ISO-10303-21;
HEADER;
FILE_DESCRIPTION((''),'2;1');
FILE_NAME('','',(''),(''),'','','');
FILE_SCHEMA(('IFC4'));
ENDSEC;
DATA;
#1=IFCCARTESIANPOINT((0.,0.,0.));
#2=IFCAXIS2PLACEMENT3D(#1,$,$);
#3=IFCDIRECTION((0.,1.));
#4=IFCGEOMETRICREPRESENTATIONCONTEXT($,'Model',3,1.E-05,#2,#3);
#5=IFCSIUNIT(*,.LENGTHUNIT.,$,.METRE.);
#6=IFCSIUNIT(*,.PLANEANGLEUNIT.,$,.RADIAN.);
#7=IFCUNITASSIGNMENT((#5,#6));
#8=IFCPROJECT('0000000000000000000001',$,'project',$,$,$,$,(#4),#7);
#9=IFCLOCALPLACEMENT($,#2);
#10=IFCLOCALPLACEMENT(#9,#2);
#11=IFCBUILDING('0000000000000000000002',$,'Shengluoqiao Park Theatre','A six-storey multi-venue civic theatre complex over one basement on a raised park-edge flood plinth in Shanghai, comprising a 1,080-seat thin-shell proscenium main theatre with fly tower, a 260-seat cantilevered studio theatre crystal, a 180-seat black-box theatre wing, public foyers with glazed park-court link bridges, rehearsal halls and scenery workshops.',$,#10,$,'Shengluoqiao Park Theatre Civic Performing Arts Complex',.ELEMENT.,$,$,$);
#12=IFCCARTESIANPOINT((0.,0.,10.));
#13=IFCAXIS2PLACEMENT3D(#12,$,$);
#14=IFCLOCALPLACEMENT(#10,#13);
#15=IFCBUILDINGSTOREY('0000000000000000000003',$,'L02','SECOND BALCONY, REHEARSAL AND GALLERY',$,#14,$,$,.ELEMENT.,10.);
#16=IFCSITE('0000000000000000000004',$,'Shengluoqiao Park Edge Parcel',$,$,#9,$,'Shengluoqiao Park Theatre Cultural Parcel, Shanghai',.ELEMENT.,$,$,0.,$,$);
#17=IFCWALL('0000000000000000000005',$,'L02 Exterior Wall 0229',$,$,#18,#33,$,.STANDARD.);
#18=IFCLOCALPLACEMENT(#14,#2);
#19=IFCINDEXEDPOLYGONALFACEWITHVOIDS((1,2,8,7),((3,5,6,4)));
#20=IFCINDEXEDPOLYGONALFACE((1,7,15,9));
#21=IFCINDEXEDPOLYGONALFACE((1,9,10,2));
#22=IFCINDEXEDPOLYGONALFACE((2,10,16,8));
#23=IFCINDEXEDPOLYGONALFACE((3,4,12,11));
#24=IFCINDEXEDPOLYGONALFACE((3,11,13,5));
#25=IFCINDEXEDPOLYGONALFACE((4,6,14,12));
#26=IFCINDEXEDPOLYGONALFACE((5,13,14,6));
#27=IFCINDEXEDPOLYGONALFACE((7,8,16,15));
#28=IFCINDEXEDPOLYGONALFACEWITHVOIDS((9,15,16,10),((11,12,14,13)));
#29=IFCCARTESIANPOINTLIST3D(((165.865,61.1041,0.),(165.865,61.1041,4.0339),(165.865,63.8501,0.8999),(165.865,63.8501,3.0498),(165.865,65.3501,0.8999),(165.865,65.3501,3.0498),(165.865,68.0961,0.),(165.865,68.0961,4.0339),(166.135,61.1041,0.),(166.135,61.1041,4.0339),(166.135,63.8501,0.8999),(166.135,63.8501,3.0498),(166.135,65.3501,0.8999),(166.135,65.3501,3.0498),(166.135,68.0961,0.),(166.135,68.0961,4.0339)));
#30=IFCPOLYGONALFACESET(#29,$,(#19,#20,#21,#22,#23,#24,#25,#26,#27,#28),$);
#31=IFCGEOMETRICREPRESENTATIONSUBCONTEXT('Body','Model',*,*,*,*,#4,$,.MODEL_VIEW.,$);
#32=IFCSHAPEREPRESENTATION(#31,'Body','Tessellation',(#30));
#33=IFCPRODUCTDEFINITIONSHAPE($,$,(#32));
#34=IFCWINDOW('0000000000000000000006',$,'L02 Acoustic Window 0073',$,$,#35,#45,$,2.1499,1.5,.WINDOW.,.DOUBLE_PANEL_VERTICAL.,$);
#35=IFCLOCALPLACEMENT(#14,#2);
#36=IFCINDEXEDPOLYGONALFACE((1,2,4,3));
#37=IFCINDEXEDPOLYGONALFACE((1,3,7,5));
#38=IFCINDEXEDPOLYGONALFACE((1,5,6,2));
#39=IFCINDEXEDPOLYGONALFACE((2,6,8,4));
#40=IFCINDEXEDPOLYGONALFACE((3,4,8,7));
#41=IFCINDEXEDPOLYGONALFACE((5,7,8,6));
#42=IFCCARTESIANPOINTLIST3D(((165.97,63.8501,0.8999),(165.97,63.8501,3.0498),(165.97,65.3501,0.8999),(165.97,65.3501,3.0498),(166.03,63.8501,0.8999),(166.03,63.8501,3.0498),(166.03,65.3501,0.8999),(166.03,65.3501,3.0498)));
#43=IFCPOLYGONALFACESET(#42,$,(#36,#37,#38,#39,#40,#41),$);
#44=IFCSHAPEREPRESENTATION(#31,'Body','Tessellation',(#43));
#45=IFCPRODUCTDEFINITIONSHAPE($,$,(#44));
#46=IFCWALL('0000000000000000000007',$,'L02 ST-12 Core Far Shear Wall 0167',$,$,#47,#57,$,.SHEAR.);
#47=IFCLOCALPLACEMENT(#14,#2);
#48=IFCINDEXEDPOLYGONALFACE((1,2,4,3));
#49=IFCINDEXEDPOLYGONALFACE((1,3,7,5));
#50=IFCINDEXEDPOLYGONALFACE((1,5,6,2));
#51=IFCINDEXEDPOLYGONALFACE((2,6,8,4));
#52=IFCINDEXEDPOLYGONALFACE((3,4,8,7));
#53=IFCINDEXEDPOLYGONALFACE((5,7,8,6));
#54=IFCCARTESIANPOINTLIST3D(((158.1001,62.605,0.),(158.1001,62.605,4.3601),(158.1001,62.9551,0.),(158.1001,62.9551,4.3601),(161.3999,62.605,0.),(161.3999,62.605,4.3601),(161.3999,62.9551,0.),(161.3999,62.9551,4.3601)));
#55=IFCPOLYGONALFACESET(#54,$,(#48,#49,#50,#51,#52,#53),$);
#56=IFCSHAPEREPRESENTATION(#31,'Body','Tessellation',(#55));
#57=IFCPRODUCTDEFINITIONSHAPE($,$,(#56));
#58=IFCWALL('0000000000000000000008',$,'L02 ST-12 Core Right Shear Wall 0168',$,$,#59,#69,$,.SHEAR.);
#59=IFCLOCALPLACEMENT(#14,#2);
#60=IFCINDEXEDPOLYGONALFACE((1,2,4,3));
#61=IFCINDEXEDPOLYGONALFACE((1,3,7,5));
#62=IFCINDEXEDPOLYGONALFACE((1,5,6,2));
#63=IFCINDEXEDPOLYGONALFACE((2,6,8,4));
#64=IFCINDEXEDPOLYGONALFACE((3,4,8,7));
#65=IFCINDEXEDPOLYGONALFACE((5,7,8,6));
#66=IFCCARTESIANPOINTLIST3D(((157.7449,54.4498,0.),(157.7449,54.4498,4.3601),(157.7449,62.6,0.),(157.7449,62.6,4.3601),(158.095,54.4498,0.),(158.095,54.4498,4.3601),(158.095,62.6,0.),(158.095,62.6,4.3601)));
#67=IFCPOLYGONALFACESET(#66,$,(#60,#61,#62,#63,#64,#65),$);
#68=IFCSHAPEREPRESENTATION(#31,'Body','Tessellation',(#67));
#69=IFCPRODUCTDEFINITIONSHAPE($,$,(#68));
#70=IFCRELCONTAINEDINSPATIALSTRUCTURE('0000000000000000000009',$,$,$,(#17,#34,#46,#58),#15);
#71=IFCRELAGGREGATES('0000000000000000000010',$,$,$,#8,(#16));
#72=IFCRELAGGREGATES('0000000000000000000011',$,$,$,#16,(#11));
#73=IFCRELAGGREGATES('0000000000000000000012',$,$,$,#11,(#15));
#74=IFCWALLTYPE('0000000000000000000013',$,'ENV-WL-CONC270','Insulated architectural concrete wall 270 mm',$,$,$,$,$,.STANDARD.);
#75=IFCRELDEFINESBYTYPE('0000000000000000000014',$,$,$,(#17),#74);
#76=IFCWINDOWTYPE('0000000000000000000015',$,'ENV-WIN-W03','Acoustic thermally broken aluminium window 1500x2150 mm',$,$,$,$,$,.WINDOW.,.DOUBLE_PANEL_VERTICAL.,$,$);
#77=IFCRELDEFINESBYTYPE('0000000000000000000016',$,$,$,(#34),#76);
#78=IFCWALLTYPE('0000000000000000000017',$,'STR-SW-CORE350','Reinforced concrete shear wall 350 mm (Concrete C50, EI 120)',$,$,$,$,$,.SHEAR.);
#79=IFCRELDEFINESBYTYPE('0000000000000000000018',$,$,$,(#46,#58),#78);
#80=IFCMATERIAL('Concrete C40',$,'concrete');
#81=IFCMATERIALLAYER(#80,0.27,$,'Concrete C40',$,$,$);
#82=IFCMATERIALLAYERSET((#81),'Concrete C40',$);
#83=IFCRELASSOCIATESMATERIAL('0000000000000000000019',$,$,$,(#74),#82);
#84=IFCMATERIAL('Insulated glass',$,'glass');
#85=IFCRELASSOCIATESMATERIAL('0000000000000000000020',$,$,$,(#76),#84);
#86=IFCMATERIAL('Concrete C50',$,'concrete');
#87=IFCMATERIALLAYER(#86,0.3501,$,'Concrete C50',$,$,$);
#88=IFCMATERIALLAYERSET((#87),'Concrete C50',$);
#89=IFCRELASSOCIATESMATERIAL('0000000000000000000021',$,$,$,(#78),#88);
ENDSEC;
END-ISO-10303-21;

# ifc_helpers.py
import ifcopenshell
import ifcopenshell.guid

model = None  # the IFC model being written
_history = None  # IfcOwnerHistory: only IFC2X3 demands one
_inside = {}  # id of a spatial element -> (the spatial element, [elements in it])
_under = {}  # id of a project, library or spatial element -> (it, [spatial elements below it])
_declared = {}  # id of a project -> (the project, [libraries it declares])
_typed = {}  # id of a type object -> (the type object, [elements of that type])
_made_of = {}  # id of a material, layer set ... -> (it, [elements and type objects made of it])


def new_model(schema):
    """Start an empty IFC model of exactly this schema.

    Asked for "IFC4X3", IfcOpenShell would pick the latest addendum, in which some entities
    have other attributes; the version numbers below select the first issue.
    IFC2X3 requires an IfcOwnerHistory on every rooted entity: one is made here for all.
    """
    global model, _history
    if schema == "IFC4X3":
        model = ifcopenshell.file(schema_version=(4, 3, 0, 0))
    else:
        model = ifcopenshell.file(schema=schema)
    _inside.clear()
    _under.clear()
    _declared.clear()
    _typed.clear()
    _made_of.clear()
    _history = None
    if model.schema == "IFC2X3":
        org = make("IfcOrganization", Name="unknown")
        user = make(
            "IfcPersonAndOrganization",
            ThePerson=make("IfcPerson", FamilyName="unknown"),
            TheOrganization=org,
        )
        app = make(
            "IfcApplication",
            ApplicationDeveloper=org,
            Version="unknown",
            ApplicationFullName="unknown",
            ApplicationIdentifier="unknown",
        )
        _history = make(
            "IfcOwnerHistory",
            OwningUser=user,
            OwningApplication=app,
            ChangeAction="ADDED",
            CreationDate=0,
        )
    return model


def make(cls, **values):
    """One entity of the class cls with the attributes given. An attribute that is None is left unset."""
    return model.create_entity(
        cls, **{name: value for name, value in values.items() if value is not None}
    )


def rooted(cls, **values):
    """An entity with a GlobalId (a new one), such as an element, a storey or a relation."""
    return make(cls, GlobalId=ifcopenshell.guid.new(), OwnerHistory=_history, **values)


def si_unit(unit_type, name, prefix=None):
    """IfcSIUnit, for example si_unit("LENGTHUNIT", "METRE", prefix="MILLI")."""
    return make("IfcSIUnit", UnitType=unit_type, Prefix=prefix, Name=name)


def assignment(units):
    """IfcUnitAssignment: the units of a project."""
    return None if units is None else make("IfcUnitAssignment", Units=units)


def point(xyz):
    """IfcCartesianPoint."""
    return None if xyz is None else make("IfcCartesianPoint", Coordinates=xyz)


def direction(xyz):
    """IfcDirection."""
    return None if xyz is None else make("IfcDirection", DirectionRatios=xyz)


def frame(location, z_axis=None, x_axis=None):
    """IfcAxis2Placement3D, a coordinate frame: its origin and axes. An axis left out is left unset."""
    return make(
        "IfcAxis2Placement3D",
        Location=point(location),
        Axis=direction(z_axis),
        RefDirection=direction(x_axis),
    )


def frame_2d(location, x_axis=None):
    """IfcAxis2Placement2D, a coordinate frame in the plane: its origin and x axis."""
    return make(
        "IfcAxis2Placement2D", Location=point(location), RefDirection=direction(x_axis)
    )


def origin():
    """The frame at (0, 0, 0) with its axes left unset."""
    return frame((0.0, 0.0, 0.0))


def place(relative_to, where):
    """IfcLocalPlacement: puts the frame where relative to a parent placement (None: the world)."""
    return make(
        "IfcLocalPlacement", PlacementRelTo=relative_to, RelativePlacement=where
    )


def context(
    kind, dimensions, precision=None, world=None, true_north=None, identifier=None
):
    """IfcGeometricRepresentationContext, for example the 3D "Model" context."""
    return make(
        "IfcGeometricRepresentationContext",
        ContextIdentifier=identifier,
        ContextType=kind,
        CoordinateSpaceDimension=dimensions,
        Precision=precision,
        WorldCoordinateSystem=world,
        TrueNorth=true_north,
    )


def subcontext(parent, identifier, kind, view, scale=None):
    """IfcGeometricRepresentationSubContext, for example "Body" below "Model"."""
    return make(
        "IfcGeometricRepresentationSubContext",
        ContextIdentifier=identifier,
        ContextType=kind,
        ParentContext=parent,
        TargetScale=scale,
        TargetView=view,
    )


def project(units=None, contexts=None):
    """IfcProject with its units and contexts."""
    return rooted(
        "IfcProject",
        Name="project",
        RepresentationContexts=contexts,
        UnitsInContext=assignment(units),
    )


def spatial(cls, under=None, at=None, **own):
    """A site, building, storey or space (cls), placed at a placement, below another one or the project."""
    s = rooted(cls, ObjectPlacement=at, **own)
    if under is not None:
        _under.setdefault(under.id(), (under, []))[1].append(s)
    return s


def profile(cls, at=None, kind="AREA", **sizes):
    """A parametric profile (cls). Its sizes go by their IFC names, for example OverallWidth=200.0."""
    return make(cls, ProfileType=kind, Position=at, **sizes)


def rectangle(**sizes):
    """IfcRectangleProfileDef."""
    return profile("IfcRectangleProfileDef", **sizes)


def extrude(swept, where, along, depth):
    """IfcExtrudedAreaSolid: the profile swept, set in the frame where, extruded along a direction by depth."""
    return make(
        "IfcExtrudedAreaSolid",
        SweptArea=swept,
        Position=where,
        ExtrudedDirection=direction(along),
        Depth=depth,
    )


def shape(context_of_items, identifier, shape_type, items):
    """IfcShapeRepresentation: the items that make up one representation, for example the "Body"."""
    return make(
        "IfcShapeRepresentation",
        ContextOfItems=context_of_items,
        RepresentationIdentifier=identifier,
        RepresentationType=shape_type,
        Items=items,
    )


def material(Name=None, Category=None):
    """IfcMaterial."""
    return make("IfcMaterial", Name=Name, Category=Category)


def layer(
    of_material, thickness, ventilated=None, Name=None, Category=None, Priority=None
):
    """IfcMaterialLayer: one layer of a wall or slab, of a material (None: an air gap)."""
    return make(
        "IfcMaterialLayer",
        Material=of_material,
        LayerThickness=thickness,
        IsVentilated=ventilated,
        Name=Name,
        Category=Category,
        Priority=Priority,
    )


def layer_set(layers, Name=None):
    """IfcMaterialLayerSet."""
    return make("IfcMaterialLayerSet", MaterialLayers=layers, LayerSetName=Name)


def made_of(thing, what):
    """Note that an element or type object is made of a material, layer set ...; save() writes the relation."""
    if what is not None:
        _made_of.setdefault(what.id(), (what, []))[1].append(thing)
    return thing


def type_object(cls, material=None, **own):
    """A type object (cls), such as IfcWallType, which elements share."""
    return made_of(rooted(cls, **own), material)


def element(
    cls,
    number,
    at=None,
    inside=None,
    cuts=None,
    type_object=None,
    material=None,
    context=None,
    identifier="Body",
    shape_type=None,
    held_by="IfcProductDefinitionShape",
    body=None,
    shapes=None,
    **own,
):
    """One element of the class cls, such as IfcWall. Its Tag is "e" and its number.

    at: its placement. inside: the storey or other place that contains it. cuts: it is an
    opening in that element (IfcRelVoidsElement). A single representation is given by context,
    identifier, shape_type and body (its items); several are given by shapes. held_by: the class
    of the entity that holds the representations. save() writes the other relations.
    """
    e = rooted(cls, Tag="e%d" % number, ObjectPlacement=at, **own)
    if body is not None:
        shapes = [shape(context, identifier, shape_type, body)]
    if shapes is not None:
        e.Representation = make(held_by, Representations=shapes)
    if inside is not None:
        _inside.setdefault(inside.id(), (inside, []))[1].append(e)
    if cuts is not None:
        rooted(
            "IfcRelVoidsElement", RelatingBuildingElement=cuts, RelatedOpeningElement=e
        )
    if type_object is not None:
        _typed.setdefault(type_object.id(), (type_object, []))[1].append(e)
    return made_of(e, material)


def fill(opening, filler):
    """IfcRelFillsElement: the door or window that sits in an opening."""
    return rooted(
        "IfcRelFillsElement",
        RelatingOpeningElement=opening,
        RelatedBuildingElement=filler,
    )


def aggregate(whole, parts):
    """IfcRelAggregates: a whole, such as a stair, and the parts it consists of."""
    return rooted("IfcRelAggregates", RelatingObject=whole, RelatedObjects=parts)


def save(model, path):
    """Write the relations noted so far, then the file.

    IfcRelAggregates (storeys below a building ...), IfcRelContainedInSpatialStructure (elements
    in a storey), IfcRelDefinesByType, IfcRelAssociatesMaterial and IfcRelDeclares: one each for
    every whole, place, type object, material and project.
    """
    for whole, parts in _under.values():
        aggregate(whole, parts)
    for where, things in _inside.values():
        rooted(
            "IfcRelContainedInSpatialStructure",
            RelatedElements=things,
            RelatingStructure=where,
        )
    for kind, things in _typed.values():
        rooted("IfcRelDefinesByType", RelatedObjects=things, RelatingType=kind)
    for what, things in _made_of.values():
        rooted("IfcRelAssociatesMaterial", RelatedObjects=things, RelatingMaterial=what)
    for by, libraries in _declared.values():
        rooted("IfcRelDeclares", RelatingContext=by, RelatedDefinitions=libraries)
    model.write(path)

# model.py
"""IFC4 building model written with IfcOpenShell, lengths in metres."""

from ifc_helpers import new_model, si_unit, direction, frame, frame_2d, origin, place, context, subcontext, project, spatial, rectangle, extrude, material, layer, layer_set, type_object, element, fill, save


model = new_model("IFC4")

# Units and contexts
model_context = context("Model", 3, precision=1e-05, world=origin(), true_north=direction((0.0, 1.0)))
body_context = subcontext(model_context, "Body", "Model", "MODEL_VIEW")
ifc_project = project(units=[si_unit("LENGTHUNIT", "METRE"), si_unit("PLANEANGLEUNIT", "RADIAN")], contexts=[model_context])

# Site, building, storey
site_placement = place(None, origin())
site = spatial("IfcSite", under=ifc_project, at=site_placement, Name="Shengluoqiao Park Edge Parcel", LongName="Shengluoqiao Park Theatre Cultural Parcel, Shanghai", CompositionType="ELEMENT", RefElevation=0.0)
building_placement = place(site_placement, origin())
building = spatial("IfcBuilding", under=site, at=building_placement, Name="Shengluoqiao Park Theatre", Description="A six-storey multi-venue civic theatre complex over one basement on a raised park-edge flood plinth in Shanghai, comprising a 1,080-seat thin-shell proscenium main theatre with fly tower, a 260-seat cantilevered studio theatre crystal, a 180-seat black-box theatre wing, public foyers with glazed park-court link bridges, rehearsal halls and scenery workshops.", LongName="Shengluoqiao Park Theatre Civic Performing Arts Complex", CompositionType="ELEMENT")
storey_placement = place(building_placement, frame((0.0, 0.0, 10.0)))
storey = spatial("IfcBuildingStorey", under=building, at=storey_placement, Name="L02", Description="SECOND BALCONY, REHEARSAL AND GALLERY", CompositionType="ELEMENT", Elevation=10.0)

# Shared definitions
ifc_material_1 = material(Name="Concrete C40", Category="concrete")

# Shared definitions
ifc_material_2 = material(Name="Insulated glass", Category="glass")

# Wall, opening, window
ifc_layer_1 = layer(ifc_material_1, 0.27, Name="Concrete C40")
ifc_layer_set_1 = layer_set([ifc_layer_1], Name="Concrete C40")
wall_type_1 = type_object("IfcWallType", Name="ENV-WL-CONC270", Description="Insulated architectural concrete wall 270 mm", PredefinedType="STANDARD", material=ifc_layer_set_1)
wall_1_placement = place(storey_placement, frame((166.0, 61.104, 0.0), z_axis=(0.0, 0.0, 1.0), x_axis=(0.0, 1.0, 0.0)))
wall_1 = element("IfcWall", 1, at=wall_1_placement, inside=storey, type_object=wall_type_1, Name="L02 Exterior Wall 0229", PredefinedType="STANDARD", context=body_context, shape_type="SweptSolid", body=[
    extrude(rectangle(XDim=6.9919, YDim=0.27, at=frame_2d((3.4961, 0.0))), origin(), (0.0, 0.0, 1.0), 4.0339),
])
opening_placement = place(wall_1_placement, frame((2.7461, 0.0, 0.8999)))
opening = element("IfcOpeningElement", 2, at=opening_placement, cuts=wall_1, PredefinedType="OPENING", context=body_context, shape_type="SweptSolid", body=[
    extrude(rectangle(XDim=1.5, YDim=2.1499, at=frame_2d((0.75, 1.075))), frame((0.0, 0.145, 0.0), z_axis=(0.0, -1.0, 0.0), x_axis=(1.0, 0.0, 0.0)), (0.0, 0.0, 1.0), 0.29),
])
window_type = type_object("IfcWindowType", Name="ENV-WIN-W03", Description="Acoustic thermally broken aluminium window 1500x2150 mm", PartitioningType="DOUBLE_PANEL_VERTICAL", PredefinedType="WINDOW", material=ifc_material_2)
window_placement = place(opening_placement, origin())
window = element("IfcWindow", 3, at=window_placement, inside=storey, type_object=window_type, Name="L02 Acoustic Window 0073", OverallHeight=2.1499, OverallWidth=1.5, PartitioningType="DOUBLE_PANEL_VERTICAL", PredefinedType="WINDOW", context=body_context, shape_type="SweptSolid", body=[
    extrude(rectangle(XDim=1.5, YDim=2.1499, at=frame_2d((0.75, 1.075))), frame((0.0, 0.03, 0.0), z_axis=(0.0, -1.0, 0.0), x_axis=(1.0, 0.0, 0.0)), (0.0, 0.0, 1.0), 0.0601),
])
fill(opening, window)

# Walls
ifc_material_3 = material(Name="Concrete C50", Category="concrete")
ifc_layer_2 = layer(ifc_material_3, 0.3501, Name="Concrete C50")
ifc_layer_set_2 = layer_set([ifc_layer_2], Name="Concrete C50")
wall_type_2 = type_object("IfcWallType", Name="STR-SW-CORE350", Description="Reinforced concrete shear wall 350 mm (Concrete C50, EI 120)", PredefinedType="SHEAR", material=ifc_layer_set_2)
wall_2_placement = place(storey_placement, frame((161.3999, 62.78, 0.0), z_axis=(0.0, 0.0, 1.0), x_axis=(-1.0, 0.0, 0.0)))
element("IfcWall", 4, at=wall_2_placement, inside=storey, type_object=wall_type_2, Name="L02 ST-12 Core Far Shear Wall 0167", PredefinedType="SHEAR", context=body_context, shape_type="SweptSolid", body=[
    extrude(rectangle(XDim=3.2998, YDim=0.3501, at=frame_2d((1.6499, 0.0))), origin(), (0.0, 0.0, 1.0), 4.3601),
])
wall_3_placement = place(storey_placement, frame((157.9199, 62.6001, 0.0), z_axis=(0.0, 0.0, 1.0), x_axis=(0.0, -1.0, 0.0)))
element("IfcWall", 5, at=wall_3_placement, inside=storey, type_object=wall_type_2, Name="L02 ST-12 Core Right Shear Wall 0168", PredefinedType="SHEAR", context=body_context, shape_type="SweptSolid", body=[
    extrude(rectangle(XDim=8.1501, YDim=0.3501, at=frame_2d((4.0752, 0.0))), origin(), (0.0, 0.0, 1.0), 4.3601),
])

save(model, "model.ifc")
